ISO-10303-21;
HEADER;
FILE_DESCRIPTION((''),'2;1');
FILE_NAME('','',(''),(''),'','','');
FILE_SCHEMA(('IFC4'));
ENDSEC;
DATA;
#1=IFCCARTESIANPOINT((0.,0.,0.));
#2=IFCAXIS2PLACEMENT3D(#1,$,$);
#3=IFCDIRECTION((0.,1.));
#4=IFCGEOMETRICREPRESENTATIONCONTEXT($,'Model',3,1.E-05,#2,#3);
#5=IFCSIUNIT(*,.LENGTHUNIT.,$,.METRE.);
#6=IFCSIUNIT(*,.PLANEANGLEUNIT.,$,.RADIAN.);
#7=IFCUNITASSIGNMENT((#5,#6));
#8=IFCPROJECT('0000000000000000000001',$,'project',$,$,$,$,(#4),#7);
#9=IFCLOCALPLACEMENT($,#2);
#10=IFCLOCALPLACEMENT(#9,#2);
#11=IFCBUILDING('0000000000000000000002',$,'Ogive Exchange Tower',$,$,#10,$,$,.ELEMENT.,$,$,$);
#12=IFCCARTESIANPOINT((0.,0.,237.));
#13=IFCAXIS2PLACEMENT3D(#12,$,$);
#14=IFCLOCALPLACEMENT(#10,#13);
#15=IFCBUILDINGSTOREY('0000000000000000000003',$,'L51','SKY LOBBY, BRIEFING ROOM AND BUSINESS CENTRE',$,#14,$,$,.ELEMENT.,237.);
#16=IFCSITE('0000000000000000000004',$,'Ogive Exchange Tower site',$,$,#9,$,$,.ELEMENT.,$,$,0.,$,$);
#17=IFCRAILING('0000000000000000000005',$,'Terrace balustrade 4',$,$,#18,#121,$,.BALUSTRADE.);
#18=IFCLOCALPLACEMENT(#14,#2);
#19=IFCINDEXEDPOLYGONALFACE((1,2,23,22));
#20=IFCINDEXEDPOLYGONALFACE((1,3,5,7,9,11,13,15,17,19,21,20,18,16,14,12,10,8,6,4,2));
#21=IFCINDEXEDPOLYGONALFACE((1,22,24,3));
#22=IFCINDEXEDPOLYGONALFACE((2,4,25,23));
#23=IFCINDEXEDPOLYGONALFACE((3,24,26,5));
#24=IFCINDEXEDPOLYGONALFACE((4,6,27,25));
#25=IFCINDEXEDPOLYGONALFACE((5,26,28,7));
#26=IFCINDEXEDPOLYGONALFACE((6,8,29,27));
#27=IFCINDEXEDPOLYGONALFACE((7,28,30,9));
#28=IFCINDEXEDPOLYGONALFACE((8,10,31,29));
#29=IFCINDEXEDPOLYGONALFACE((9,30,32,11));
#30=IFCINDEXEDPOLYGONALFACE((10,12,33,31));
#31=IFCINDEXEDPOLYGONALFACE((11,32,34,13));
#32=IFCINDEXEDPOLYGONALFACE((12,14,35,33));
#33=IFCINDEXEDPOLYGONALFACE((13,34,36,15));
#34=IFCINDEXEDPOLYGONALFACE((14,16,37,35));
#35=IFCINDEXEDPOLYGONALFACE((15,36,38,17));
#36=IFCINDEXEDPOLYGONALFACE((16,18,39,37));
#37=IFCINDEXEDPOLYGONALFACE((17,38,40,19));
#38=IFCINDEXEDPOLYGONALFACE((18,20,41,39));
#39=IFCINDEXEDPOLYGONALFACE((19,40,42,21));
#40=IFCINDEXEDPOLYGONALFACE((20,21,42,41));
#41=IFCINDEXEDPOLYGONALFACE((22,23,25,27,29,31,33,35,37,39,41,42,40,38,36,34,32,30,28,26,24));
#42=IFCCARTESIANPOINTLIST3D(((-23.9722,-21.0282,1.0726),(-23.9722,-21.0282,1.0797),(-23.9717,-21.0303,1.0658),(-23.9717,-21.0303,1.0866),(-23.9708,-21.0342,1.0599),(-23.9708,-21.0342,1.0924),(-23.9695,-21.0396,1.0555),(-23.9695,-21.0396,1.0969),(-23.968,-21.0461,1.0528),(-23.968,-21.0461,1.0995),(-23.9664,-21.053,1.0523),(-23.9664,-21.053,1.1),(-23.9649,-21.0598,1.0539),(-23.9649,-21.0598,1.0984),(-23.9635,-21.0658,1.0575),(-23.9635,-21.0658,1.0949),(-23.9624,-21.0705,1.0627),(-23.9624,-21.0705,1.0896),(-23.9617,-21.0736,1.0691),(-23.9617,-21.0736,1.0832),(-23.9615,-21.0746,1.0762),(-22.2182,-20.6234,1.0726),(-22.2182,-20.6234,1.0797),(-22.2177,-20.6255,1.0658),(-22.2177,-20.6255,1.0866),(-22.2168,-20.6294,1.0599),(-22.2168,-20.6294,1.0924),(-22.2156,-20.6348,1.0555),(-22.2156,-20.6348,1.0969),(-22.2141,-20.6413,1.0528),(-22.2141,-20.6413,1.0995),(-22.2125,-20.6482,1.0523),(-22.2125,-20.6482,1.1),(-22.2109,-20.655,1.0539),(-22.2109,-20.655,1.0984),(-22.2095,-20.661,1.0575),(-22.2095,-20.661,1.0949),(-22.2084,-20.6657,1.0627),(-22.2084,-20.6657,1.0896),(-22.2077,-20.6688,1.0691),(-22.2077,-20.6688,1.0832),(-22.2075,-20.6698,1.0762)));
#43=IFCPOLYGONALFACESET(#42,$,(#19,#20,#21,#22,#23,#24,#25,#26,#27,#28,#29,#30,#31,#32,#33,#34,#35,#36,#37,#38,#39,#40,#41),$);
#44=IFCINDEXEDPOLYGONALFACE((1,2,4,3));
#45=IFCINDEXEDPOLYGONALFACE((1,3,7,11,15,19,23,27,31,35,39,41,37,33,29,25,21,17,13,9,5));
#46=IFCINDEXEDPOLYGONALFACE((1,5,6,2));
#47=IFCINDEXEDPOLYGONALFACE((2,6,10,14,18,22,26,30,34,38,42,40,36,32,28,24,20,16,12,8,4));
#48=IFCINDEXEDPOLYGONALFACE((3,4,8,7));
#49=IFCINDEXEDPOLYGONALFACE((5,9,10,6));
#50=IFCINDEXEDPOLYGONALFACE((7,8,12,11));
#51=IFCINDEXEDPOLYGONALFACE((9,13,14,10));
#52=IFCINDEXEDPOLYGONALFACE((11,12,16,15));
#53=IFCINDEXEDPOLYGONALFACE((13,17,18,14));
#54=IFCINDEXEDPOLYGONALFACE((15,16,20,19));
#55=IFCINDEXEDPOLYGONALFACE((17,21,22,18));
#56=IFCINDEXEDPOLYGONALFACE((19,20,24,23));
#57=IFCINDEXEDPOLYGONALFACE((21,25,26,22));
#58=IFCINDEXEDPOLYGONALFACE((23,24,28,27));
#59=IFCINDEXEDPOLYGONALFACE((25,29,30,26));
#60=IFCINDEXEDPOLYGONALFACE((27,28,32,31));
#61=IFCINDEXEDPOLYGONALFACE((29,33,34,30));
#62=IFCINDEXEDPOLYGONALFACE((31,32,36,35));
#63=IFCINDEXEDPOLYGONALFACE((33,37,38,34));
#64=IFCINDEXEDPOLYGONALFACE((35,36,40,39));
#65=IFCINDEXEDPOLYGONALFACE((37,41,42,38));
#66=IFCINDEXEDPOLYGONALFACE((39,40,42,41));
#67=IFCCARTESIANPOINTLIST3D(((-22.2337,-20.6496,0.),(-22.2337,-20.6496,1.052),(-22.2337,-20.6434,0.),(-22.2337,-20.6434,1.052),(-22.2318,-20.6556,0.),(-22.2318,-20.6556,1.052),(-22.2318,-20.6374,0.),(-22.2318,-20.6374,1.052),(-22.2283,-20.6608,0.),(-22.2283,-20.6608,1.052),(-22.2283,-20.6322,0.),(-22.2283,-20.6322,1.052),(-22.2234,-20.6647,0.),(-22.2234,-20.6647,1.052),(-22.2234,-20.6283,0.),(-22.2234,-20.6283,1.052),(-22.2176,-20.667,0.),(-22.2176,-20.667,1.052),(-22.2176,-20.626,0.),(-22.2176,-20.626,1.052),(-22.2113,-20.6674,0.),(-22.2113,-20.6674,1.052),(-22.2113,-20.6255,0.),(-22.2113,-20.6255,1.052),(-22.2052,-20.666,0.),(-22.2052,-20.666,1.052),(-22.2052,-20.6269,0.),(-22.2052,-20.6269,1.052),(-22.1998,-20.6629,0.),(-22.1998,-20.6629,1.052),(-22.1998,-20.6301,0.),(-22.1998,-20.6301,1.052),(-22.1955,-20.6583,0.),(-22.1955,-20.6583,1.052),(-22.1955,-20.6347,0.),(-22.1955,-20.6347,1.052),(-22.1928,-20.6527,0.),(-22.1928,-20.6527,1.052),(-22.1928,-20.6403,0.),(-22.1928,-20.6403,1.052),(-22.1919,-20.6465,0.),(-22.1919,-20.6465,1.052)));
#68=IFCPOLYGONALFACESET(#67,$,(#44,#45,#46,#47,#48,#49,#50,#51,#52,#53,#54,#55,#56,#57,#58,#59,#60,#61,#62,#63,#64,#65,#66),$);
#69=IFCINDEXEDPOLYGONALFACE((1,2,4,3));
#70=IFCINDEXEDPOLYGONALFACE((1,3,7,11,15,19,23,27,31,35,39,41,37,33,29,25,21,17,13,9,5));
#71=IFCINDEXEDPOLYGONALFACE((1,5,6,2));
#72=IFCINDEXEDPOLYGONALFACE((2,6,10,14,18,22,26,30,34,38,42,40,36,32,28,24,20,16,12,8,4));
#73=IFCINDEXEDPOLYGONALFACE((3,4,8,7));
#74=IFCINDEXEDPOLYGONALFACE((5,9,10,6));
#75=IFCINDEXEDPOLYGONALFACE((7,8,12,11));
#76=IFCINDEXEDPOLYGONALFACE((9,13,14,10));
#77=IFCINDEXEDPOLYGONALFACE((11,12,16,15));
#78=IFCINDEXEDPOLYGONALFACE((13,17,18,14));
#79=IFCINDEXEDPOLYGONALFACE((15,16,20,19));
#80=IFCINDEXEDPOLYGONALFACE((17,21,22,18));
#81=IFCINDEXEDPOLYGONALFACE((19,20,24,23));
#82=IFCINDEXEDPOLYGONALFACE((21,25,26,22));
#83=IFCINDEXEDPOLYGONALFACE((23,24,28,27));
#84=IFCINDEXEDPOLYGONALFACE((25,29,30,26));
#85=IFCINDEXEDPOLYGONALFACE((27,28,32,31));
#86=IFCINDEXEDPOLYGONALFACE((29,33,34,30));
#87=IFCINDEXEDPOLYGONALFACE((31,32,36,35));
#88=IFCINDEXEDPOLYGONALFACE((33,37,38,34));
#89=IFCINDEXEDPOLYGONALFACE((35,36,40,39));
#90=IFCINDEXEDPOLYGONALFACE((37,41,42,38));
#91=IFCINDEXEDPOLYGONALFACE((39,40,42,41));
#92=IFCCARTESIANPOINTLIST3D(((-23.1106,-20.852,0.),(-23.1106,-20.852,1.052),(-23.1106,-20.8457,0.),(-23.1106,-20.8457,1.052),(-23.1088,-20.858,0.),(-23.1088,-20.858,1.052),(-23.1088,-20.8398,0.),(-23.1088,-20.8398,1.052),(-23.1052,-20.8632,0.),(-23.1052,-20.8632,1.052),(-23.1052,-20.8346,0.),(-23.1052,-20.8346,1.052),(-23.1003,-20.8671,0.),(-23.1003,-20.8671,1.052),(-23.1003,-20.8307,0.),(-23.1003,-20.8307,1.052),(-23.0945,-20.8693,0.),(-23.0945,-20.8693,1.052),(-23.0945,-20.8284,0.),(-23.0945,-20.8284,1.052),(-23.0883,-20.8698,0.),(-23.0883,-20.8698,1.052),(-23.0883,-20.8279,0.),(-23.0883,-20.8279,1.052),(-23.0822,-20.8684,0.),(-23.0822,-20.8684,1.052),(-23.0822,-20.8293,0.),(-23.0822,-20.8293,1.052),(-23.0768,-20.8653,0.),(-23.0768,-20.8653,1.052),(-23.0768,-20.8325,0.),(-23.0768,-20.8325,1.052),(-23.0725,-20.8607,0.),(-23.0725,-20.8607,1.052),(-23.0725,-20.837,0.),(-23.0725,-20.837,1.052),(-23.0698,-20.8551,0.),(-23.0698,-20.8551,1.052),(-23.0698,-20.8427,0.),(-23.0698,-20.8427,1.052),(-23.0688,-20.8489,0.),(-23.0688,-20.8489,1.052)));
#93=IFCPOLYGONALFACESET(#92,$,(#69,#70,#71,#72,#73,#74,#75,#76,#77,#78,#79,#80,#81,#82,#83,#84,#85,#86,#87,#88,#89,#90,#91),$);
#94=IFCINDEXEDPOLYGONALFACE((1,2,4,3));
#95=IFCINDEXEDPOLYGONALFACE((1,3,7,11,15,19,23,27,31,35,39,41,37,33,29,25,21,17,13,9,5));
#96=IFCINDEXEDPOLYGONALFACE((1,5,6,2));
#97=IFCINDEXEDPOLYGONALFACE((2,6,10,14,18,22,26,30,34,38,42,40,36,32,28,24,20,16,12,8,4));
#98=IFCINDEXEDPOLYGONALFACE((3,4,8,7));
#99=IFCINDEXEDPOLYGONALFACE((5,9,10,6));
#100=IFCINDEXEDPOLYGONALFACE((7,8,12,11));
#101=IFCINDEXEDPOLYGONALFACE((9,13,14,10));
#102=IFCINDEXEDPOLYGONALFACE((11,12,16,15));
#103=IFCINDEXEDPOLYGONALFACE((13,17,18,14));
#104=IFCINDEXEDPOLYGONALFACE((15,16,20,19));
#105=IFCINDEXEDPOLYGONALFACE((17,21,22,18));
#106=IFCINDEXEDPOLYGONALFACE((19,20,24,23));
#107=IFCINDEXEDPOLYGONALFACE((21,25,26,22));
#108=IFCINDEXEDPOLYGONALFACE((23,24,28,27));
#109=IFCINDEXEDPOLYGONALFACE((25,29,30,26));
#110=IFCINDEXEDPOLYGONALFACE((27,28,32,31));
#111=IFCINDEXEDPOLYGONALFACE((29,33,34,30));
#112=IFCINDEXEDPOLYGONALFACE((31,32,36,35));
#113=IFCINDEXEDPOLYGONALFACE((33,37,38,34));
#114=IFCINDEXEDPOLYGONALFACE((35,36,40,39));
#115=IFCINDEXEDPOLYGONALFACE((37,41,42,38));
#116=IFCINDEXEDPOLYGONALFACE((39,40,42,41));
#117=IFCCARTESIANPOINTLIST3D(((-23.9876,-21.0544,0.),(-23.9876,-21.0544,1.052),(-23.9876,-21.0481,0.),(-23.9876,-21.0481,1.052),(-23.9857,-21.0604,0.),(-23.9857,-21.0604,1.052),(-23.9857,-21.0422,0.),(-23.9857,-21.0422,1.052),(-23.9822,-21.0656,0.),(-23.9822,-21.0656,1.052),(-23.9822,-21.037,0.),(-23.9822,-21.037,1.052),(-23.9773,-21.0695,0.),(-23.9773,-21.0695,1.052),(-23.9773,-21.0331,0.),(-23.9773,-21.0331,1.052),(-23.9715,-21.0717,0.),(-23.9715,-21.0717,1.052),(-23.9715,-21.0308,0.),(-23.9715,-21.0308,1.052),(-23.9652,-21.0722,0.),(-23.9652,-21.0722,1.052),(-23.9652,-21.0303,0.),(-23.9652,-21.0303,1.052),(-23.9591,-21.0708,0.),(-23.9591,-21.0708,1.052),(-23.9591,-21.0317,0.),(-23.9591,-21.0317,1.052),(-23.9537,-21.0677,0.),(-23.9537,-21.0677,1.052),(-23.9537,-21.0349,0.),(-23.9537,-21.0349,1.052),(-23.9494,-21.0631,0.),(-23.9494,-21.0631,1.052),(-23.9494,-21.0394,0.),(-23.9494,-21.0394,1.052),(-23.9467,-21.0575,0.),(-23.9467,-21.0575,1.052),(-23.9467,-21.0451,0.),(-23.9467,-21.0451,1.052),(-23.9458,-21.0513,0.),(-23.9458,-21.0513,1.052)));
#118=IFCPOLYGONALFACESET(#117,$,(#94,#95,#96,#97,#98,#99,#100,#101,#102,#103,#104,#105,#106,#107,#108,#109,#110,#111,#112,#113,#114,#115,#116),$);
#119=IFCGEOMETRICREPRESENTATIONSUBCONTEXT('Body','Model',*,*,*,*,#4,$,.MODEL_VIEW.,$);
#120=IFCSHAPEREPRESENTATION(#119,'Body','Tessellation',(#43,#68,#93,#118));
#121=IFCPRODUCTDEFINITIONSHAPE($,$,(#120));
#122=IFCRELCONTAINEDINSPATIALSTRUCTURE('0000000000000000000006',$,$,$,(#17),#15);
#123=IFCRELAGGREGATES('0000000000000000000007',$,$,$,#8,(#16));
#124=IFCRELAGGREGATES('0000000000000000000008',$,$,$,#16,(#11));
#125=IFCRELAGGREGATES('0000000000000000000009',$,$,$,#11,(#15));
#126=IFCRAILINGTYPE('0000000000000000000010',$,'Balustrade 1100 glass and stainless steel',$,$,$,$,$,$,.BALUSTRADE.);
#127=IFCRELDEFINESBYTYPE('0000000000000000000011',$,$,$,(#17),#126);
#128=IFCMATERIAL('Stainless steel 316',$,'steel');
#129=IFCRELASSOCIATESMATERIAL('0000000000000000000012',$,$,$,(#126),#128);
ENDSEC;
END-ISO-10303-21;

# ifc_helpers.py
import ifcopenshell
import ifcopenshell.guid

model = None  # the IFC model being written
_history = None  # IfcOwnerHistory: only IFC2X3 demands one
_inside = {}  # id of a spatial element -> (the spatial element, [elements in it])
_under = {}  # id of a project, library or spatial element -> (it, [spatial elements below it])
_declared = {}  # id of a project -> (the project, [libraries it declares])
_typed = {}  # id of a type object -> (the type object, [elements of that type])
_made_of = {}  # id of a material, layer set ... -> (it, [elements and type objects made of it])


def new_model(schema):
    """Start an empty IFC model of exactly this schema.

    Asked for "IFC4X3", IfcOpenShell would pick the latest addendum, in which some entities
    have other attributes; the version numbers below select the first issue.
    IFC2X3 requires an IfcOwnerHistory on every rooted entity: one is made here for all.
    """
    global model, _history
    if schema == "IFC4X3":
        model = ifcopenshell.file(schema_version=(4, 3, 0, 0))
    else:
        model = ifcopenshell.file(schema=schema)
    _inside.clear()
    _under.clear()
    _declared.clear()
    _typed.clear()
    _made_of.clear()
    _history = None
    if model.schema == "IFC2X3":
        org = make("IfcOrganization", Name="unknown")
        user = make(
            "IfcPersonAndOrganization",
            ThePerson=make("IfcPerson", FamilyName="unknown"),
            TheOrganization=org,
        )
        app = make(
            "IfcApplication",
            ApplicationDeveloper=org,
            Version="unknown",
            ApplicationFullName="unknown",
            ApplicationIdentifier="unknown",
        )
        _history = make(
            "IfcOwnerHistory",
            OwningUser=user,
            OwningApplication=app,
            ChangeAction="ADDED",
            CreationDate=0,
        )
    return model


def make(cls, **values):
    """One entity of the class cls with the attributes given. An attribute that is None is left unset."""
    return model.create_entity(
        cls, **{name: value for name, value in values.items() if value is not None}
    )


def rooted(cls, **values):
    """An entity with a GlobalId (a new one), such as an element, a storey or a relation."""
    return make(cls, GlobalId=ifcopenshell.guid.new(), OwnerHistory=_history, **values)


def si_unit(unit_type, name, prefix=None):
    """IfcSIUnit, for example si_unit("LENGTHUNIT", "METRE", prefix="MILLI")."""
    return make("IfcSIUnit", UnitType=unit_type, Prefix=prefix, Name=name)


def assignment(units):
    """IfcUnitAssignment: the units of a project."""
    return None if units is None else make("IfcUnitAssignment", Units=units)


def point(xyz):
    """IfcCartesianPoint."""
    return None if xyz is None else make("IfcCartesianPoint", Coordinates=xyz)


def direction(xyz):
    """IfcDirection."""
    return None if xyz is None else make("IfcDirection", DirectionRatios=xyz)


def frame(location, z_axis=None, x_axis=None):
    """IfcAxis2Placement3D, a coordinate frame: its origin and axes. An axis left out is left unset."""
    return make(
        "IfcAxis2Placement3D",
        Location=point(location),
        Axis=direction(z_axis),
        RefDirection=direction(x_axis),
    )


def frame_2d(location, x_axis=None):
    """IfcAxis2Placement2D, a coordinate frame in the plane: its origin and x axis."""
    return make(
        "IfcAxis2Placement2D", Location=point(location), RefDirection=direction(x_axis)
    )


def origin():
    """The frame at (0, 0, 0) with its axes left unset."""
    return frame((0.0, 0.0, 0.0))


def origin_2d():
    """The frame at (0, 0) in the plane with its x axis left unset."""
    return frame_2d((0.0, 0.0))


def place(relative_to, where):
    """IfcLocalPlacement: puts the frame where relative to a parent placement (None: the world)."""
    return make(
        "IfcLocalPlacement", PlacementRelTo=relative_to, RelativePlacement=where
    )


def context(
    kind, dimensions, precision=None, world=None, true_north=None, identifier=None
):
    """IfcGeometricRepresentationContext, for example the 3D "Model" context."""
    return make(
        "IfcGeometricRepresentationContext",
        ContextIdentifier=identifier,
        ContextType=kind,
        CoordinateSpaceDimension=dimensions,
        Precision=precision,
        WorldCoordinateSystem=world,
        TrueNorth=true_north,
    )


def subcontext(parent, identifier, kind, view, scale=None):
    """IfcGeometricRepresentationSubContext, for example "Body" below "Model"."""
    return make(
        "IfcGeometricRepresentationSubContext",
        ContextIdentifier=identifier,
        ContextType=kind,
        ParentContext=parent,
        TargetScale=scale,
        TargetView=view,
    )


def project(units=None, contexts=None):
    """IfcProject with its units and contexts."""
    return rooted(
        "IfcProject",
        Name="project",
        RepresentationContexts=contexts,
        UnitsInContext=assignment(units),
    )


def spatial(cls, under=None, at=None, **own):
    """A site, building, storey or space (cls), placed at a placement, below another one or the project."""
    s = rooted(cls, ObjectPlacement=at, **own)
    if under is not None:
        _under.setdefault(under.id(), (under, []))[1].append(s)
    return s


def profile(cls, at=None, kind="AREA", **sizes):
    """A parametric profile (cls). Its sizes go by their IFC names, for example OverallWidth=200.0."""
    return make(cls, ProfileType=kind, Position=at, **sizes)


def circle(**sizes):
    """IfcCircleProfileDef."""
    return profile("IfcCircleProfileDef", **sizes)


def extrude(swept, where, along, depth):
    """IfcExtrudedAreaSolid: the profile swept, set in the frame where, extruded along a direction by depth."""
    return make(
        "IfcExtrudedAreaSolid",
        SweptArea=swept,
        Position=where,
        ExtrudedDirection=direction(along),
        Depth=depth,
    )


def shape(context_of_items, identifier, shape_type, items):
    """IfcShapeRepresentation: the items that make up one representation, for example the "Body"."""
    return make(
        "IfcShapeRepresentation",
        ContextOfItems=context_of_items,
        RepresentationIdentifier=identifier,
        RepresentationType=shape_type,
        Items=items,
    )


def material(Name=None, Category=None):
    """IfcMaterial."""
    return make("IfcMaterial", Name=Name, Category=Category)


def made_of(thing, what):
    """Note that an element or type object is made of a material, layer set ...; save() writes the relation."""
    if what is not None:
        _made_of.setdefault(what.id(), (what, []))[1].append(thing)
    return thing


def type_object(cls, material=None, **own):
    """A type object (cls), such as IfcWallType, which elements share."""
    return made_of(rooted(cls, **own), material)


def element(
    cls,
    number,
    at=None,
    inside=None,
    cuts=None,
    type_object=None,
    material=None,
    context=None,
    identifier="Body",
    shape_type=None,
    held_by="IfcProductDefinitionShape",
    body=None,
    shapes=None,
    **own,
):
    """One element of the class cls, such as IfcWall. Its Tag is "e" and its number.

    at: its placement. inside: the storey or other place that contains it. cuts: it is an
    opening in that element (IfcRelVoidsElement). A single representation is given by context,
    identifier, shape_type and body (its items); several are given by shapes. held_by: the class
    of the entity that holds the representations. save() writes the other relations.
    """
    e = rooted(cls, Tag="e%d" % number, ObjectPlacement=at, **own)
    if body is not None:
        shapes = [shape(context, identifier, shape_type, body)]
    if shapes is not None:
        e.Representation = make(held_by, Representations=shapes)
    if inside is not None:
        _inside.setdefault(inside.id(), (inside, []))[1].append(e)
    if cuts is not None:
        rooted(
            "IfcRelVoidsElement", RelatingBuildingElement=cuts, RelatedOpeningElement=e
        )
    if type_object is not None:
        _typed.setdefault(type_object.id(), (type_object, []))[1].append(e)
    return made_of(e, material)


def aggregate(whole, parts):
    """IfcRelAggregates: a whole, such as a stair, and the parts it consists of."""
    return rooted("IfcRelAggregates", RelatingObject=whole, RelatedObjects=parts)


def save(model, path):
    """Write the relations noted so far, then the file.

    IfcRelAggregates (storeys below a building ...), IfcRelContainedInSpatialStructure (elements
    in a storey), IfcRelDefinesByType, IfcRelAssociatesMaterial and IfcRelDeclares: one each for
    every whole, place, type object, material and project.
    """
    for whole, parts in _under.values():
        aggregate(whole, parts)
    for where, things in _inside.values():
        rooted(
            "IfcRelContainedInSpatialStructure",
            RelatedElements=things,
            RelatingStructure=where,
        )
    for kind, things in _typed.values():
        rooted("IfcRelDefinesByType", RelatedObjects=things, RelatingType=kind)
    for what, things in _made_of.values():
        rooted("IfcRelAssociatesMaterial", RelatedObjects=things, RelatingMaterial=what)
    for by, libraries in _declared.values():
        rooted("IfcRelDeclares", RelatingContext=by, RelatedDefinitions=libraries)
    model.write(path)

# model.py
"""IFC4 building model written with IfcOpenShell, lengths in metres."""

from ifc_helpers import new_model, si_unit, direction, frame, origin, origin_2d, place, context, subcontext, project, spatial, circle, extrude, material, type_object, element, save


model = new_model("IFC4")

# Units and contexts
model_context = context("Model", 3, precision=1e-05, world=origin(), true_north=direction((0.0, 1.0)))
body_context = subcontext(model_context, "Body", "Model", "MODEL_VIEW")
ifc_project = project(units=[si_unit("LENGTHUNIT", "METRE"), si_unit("PLANEANGLEUNIT", "RADIAN")], contexts=[model_context])

# Site, building, storey
site_placement = place(None, origin())
site = spatial("IfcSite", under=ifc_project, at=site_placement, Name="Ogive Exchange Tower site", CompositionType="ELEMENT", RefElevation=0.0)
building_placement = place(site_placement, origin())
building = spatial("IfcBuilding", under=site, at=building_placement, Name="Ogive Exchange Tower", CompositionType="ELEMENT")
storey_placement = place(building_placement, frame((0.0, 0.0, 237.0)))
storey = spatial("IfcBuildingStorey", under=building, at=storey_placement, Name="L51", Description="SKY LOBBY, BRIEFING ROOM AND BUSINESS CENTRE", CompositionType="ELEMENT", Elevation=237.0)

# Railing
ifc_material_1 = material(Name="Stainless steel 316", Category="steel")
railing_type_1 = type_object("IfcRailingType", Name="Balustrade 1100 glass and stainless steel", PredefinedType="BALUSTRADE", material=ifc_material_1)
railing_1_placement = place(storey_placement, frame((-22.2129, -20.6465, 0.0)))
element("IfcRailing", 1, at=railing_1_placement, inside=storey, type_object=railing_type_1, Name="Terrace balustrade 4", PredefinedType="BALUSTRADE", context=body_context, shape_type="SweptSolid", body=[
    extrude(circle(Radius=0.0239, at=origin_2d()), frame((0.0, 0.0, 1.0762), z_axis=(-0.974387, -0.224879, 0.0), x_axis=(0.224879, -0.974387, 0.0)), (0.0, 0.0, 1.0), 1.8),
    extrude(circle(Radius=0.021, at=origin_2d()), origin(), (0.0, 0.0, 1.0), 1.052),
    extrude(circle(Radius=0.021, at=origin_2d()), frame((-0.877, -0.2024, 0.0)), (0.0, 0.0, 1.0), 1.052),
    extrude(circle(Radius=0.021, at=origin_2d()), frame((-1.7539, -0.4048, 0.0)), (0.0, 0.0, 1.0), 1.052),
])

save(model, "model.ifc")
